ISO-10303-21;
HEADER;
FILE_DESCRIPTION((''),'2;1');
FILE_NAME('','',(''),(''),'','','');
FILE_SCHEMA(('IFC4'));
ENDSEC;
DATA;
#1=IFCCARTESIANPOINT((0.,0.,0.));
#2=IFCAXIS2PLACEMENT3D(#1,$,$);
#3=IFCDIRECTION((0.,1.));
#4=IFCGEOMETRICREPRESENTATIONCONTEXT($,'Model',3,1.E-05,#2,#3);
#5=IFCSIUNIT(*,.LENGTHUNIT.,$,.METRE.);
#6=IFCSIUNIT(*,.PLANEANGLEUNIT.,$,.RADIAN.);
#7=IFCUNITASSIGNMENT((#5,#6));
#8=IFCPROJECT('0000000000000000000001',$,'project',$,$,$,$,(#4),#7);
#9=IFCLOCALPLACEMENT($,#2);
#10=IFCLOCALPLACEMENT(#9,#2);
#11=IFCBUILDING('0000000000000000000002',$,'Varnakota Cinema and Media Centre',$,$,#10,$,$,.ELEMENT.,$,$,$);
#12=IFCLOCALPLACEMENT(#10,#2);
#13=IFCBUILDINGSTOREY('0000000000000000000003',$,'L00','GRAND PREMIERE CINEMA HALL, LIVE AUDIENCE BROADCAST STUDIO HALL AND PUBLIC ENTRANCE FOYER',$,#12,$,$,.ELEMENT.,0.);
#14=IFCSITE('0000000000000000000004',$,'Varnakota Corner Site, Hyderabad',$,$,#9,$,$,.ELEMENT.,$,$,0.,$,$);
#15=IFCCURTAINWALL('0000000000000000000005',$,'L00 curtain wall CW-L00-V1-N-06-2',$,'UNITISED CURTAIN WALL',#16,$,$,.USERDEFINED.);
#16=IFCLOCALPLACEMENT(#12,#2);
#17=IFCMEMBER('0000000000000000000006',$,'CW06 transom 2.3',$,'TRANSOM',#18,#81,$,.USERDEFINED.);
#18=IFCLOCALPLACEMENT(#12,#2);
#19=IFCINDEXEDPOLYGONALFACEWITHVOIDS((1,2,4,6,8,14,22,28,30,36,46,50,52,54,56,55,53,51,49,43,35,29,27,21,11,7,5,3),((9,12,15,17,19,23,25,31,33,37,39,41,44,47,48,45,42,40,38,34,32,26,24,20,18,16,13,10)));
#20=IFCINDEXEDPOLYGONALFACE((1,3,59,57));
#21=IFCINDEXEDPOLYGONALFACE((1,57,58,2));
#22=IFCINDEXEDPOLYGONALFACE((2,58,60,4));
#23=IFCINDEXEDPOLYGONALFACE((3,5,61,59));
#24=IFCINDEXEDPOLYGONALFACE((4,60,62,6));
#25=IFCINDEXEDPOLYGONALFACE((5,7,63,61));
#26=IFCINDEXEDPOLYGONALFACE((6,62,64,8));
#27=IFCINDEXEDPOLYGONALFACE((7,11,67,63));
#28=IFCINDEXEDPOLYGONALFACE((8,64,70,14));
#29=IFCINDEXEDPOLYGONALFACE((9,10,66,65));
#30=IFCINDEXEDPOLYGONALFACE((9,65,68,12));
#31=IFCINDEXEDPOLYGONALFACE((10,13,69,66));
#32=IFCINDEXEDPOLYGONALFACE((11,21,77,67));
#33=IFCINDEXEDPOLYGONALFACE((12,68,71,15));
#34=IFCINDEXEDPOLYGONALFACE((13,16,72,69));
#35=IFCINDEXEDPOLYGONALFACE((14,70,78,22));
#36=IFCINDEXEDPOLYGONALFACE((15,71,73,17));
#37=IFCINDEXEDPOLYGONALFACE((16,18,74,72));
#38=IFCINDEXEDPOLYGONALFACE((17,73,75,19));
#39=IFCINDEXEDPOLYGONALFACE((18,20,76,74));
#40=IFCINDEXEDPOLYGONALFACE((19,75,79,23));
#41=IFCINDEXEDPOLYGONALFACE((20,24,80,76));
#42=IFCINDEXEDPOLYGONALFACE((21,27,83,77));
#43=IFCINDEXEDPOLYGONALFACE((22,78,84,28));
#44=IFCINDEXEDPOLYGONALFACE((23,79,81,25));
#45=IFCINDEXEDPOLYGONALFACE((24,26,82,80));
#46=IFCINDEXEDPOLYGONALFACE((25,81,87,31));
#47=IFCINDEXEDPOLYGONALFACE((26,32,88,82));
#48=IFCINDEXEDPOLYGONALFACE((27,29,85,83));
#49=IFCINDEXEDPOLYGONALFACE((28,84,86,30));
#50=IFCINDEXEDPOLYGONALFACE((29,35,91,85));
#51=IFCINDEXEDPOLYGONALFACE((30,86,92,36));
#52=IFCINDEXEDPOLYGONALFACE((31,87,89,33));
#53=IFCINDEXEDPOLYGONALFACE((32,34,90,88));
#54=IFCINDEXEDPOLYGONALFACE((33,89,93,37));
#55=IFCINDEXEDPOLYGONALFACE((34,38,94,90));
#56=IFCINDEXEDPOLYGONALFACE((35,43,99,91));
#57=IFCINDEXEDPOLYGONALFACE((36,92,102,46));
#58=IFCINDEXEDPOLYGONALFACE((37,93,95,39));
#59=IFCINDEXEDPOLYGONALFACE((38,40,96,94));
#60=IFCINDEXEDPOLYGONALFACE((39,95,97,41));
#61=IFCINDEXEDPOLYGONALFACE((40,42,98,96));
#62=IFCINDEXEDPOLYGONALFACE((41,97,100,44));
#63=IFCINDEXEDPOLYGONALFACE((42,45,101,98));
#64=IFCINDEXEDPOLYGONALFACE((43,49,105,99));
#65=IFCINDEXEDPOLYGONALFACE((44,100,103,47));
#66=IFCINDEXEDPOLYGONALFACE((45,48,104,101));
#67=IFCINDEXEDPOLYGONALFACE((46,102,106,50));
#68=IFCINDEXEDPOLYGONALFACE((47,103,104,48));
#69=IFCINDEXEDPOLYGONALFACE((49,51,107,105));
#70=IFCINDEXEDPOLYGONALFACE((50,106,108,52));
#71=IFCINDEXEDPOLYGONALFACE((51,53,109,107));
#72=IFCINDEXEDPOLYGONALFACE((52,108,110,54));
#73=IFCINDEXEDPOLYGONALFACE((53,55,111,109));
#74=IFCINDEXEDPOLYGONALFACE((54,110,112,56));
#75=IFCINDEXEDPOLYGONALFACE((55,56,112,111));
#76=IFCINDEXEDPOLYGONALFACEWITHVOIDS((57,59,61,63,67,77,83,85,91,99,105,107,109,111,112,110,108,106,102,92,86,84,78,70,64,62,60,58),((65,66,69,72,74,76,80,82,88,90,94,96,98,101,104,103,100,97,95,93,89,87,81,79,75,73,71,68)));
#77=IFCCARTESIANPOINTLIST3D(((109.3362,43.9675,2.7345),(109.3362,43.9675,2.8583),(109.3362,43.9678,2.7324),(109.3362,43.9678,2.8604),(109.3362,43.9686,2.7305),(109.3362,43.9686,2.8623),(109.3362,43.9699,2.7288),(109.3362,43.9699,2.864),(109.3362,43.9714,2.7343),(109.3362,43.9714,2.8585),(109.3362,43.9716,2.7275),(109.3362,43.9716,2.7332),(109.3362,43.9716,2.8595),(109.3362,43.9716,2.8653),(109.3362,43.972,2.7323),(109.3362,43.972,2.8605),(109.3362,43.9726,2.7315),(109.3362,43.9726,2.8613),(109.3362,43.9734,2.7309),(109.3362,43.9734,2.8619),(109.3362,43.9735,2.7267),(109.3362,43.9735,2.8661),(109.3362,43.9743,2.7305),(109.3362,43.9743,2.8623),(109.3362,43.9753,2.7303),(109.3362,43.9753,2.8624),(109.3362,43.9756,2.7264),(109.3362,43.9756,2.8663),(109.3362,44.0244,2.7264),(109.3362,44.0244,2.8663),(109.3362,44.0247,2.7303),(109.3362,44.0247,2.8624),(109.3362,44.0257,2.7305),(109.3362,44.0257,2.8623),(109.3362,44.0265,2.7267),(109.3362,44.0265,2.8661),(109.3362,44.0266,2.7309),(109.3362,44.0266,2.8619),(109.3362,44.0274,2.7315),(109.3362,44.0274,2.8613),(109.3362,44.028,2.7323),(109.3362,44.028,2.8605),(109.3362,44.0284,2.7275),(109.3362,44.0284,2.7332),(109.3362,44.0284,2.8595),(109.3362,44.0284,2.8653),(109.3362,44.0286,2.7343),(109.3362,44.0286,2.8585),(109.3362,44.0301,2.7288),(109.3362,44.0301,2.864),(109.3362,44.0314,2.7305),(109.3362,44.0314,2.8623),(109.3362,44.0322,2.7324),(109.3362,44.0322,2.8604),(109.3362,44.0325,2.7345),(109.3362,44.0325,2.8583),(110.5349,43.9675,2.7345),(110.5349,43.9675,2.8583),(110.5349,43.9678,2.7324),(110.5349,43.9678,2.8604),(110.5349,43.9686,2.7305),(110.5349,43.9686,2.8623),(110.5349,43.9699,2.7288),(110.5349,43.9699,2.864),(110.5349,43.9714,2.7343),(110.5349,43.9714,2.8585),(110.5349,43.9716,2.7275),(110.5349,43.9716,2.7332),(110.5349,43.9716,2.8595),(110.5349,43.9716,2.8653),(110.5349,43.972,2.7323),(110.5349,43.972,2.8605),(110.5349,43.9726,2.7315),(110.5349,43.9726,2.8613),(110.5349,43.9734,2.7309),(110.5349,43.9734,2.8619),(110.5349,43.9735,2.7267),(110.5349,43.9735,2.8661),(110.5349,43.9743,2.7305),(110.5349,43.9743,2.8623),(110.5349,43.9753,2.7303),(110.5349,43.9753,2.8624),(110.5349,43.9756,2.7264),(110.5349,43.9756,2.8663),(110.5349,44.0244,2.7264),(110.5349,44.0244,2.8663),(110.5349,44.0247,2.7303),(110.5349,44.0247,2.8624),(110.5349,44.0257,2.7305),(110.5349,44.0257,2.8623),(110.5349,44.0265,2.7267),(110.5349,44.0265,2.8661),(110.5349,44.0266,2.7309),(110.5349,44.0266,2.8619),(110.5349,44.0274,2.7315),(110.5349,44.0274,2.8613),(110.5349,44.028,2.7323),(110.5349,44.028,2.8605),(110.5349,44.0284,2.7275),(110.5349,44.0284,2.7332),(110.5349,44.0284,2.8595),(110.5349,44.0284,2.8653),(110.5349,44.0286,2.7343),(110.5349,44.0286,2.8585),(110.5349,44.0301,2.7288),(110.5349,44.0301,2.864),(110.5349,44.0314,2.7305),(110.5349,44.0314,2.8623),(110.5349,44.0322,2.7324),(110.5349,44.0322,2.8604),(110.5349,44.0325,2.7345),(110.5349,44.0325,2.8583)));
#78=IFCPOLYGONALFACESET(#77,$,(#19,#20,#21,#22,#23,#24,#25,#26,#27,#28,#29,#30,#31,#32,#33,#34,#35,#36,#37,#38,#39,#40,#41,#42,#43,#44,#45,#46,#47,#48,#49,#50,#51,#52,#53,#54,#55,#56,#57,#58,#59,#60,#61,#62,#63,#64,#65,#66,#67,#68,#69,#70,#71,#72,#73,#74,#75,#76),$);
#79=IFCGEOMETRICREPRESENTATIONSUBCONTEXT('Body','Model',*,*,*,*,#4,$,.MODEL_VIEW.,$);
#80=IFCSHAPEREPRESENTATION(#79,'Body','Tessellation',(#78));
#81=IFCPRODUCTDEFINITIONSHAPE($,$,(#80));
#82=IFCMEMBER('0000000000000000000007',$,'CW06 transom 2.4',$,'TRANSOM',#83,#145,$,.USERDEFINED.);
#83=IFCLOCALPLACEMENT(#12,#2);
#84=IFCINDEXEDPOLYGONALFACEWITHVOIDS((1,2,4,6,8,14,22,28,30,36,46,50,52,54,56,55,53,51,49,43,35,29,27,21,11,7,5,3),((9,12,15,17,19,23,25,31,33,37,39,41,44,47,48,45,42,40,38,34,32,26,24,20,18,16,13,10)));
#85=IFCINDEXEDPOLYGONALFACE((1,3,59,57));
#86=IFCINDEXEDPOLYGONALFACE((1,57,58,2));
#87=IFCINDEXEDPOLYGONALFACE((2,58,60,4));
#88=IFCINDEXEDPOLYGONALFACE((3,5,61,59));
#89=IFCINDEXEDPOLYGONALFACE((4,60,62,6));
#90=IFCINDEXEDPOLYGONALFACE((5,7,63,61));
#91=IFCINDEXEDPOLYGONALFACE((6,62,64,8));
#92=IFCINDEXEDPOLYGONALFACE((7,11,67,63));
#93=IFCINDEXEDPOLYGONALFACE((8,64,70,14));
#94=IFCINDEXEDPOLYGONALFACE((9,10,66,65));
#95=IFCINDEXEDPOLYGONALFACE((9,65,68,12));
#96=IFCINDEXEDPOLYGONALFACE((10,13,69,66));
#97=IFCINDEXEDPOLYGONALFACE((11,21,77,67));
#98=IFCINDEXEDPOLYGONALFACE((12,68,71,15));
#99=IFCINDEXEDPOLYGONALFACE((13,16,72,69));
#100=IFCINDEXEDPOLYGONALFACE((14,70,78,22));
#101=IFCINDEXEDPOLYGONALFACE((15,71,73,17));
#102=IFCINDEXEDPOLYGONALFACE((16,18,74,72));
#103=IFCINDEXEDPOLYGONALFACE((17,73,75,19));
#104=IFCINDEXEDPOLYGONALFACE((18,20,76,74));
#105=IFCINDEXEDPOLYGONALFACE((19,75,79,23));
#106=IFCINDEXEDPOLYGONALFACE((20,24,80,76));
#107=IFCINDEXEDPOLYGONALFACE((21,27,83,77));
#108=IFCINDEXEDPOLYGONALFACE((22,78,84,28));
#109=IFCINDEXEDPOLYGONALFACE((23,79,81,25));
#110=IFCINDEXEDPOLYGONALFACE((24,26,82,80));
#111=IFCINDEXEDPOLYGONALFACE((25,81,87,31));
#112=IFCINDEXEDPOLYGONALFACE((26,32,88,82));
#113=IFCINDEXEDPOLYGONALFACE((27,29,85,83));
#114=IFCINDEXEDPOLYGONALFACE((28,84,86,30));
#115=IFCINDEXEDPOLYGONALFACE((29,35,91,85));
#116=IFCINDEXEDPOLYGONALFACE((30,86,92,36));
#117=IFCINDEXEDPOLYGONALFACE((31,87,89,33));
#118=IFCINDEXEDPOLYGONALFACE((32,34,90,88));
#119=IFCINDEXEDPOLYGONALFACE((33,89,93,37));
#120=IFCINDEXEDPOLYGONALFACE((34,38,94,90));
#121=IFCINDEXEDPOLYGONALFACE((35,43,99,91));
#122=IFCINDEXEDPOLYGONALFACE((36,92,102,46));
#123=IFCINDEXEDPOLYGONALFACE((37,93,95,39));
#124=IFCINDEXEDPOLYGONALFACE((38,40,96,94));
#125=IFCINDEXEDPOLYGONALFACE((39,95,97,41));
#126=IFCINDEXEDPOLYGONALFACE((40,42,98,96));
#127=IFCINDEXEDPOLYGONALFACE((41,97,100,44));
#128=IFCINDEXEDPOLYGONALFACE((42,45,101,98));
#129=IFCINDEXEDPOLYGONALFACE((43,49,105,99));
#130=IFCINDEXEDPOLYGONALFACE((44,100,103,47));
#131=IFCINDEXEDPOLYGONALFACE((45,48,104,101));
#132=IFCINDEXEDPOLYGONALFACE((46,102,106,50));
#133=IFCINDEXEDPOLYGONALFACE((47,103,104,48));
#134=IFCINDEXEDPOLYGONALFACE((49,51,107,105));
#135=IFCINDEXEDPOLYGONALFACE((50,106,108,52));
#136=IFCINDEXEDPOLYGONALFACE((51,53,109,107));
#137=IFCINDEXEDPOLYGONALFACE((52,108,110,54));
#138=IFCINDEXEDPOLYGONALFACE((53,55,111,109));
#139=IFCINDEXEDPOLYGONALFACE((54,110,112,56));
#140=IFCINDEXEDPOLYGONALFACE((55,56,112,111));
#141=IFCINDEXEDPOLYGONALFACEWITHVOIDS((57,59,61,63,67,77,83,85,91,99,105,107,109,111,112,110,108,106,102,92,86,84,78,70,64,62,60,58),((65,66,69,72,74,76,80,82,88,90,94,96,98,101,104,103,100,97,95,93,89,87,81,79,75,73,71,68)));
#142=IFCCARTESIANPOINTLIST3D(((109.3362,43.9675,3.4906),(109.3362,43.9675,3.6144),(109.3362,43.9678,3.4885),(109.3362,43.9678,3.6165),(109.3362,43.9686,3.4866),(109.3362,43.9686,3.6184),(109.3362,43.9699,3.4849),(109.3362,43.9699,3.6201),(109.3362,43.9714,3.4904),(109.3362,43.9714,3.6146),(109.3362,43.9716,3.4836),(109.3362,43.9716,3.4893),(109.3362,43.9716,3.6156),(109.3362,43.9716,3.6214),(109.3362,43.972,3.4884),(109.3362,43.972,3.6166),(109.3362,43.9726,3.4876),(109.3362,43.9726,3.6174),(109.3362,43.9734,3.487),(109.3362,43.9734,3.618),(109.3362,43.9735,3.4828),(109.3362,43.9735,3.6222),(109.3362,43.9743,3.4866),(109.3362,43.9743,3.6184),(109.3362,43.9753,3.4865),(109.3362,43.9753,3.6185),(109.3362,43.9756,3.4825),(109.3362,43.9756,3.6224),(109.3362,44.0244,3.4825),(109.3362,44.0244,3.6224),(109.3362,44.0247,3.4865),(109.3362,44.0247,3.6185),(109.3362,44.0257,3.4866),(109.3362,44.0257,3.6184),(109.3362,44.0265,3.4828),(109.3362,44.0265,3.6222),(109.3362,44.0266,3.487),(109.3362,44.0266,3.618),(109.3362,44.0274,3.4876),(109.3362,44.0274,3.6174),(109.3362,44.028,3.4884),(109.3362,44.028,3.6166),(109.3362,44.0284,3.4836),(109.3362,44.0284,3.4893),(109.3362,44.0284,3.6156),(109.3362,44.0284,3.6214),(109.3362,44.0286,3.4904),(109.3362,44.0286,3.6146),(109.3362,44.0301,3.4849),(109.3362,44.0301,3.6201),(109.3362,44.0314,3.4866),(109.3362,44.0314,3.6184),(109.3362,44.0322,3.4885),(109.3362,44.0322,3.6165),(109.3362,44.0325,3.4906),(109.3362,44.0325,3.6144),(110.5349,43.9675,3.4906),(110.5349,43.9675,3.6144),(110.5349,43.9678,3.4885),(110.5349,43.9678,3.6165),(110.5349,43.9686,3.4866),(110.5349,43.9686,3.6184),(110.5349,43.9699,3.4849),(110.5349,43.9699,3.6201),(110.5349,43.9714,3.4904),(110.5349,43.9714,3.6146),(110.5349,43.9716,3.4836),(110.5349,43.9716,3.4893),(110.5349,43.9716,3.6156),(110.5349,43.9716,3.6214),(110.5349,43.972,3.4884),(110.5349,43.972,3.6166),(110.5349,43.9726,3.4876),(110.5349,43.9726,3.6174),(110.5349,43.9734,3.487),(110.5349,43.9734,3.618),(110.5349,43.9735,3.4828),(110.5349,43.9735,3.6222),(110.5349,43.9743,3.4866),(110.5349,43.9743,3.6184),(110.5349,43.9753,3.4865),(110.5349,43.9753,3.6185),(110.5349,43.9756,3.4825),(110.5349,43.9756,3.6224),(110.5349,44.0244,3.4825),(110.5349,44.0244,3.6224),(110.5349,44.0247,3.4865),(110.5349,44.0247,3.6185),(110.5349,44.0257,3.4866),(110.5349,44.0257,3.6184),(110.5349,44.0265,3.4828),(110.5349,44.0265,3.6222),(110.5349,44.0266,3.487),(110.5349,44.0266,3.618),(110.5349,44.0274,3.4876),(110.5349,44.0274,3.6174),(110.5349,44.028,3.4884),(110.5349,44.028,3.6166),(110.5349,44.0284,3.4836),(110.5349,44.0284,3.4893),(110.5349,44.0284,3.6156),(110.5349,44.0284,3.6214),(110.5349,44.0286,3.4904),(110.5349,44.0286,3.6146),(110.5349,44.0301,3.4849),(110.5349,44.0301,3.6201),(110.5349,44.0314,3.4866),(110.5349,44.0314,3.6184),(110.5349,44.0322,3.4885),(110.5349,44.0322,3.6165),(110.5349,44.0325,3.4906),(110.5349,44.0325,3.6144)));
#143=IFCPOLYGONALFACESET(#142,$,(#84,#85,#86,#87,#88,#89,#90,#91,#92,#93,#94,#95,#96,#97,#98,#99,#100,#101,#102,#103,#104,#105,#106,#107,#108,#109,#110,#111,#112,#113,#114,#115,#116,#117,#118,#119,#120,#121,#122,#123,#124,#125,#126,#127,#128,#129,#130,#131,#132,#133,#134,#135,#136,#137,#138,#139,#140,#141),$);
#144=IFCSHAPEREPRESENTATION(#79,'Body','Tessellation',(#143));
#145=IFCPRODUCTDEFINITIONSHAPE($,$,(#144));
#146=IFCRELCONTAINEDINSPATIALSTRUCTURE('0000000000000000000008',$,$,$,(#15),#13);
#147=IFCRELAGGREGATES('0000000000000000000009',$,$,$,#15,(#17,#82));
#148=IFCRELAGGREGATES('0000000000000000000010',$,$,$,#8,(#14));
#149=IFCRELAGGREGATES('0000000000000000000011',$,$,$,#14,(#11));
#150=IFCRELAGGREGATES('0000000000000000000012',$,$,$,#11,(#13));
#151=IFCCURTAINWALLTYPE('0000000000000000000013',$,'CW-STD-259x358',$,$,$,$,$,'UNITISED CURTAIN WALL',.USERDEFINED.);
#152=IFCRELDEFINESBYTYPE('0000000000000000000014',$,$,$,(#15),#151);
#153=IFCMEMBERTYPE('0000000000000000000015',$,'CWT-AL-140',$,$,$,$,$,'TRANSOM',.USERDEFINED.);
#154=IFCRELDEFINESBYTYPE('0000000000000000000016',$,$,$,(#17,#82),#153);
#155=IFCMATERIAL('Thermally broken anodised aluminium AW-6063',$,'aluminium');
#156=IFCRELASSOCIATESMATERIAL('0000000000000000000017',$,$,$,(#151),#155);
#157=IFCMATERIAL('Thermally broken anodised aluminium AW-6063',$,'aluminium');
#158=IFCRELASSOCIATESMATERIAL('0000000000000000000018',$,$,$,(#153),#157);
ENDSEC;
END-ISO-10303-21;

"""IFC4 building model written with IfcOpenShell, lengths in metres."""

from ifc_helpers import new_model, si_unit, direction, frame, origin, origin_2d, place, context, subcontext, project, spatial, hollow_rectangle, extrude, material, material_profile, profile_set, type_object, element, aggregate, save


model = new_model("IFC4")

# Units and contexts
model_context = context("Model", 3, precision=1e-05, world=origin(), true_north=direction((0.0, 1.0)))
body_context = subcontext(model_context, "Body", "Model", "MODEL_VIEW")
ifc_project = project(units=[si_unit("LENGTHUNIT", "METRE"), si_unit("PLANEANGLEUNIT", "RADIAN")], contexts=[model_context])

# Site, building, storey
site_placement = place(None, origin())
site = spatial("IfcSite", under=ifc_project, at=site_placement, Name="Varnakota Corner Site, Hyderabad", CompositionType="ELEMENT", RefElevation=0.0)
building_placement = place(site_placement, origin())
building = spatial("IfcBuilding", under=site, at=building_placement, Name="Varnakota Cinema and Media Centre", CompositionType="ELEMENT")
storey_placement = place(building_placement, origin())
storey = spatial("IfcBuildingStorey", under=building, at=storey_placement, Name="L00", Description="GRAND PREMIERE CINEMA HALL, LIVE AUDIENCE BROADCAST STUDIO HALL AND PUBLIC ENTRANCE FOYER", CompositionType="ELEMENT", Elevation=0.0)

# Curtain wall
ifc_material_1 = material(Name="Thermally broken anodised aluminium AW-6063", Category="aluminium")
curtain_wall_type = type_object("IfcCurtainWallType", Name="CW-STD-259x358", ElementType="UNITISED CURTAIN WALL", PredefinedType="USERDEFINED", material=ifc_material_1)
curtain_wall_1_placement = place(storey_placement, origin())
curtain_wall_1 = element("IfcCurtainWall", 1, at=curtain_wall_1_placement, inside=storey, type_object=curtain_wall_type, Name="L00 curtain wall CW-L00-V1-N-06-2", ObjectType="UNITISED CURTAIN WALL", PredefinedType="USERDEFINED")

# Members
ifc_material_2 = material(Name="Thermally broken anodised aluminium AW-6063", Category="aluminium")
ifc_material_profile_1 = material_profile(ifc_material_2, hollow_rectangle(XDim=0.0649, YDim=0.1399, WallThickness=0.0039, InnerFilletRadius=0.0039, OuterFilletRadius=0.0081, at=origin_2d()), Name="AL-TRANSOM 140x65x4")
ifc_profile_set_1 = profile_set([ifc_material_profile_1], Name="Thermally broken anodised aluminium AW-6063")
member_type_1 = type_object("IfcMemberType", Name="CWT-AL-140", ElementType="TRANSOM", PredefinedType="USERDEFINED", material=ifc_profile_set_1)
member_1_placement = place(storey_placement, frame((109.3362, 44.0, 2.7964), z_axis=(1.0, 0.0, 0.0), x_axis=(0.0, 1.0, 0.0)))
member_1 = element("IfcMember", 2, at=member_1_placement, type_object=member_type_1, Name="CW06 transom 2.3", ObjectType="TRANSOM", PredefinedType="USERDEFINED", context=body_context, shape_type="SweptSolid", body=[
    extrude(hollow_rectangle(XDim=0.0649, YDim=0.1399, WallThickness=0.0039, InnerFilletRadius=0.0039, OuterFilletRadius=0.0081, at=origin_2d()), origin(), (0.0, 0.0, 1.0), 1.1987),
])
member_2_placement = place(storey_placement, frame((109.3362, 44.0, 3.5525), z_axis=(1.0, 0.0, 0.0), x_axis=(0.0, 1.0, 0.0)))
member_2 = element("IfcMember", 3, at=member_2_placement, type_object=member_type_1, Name="CW06 transom 2.4", ObjectType="TRANSOM", PredefinedType="USERDEFINED", context=body_context, shape_type="SweptSolid", body=[
    extrude(hollow_rectangle(XDim=0.0649, YDim=0.1399, WallThickness=0.0039, InnerFilletRadius=0.0039, OuterFilletRadius=0.0081, at=origin_2d()), origin(), (0.0, 0.0, 1.0), 1.1987),
])

aggregate(curtain_wall_1, [member_1, member_2])

save(model, "model.ifc")
